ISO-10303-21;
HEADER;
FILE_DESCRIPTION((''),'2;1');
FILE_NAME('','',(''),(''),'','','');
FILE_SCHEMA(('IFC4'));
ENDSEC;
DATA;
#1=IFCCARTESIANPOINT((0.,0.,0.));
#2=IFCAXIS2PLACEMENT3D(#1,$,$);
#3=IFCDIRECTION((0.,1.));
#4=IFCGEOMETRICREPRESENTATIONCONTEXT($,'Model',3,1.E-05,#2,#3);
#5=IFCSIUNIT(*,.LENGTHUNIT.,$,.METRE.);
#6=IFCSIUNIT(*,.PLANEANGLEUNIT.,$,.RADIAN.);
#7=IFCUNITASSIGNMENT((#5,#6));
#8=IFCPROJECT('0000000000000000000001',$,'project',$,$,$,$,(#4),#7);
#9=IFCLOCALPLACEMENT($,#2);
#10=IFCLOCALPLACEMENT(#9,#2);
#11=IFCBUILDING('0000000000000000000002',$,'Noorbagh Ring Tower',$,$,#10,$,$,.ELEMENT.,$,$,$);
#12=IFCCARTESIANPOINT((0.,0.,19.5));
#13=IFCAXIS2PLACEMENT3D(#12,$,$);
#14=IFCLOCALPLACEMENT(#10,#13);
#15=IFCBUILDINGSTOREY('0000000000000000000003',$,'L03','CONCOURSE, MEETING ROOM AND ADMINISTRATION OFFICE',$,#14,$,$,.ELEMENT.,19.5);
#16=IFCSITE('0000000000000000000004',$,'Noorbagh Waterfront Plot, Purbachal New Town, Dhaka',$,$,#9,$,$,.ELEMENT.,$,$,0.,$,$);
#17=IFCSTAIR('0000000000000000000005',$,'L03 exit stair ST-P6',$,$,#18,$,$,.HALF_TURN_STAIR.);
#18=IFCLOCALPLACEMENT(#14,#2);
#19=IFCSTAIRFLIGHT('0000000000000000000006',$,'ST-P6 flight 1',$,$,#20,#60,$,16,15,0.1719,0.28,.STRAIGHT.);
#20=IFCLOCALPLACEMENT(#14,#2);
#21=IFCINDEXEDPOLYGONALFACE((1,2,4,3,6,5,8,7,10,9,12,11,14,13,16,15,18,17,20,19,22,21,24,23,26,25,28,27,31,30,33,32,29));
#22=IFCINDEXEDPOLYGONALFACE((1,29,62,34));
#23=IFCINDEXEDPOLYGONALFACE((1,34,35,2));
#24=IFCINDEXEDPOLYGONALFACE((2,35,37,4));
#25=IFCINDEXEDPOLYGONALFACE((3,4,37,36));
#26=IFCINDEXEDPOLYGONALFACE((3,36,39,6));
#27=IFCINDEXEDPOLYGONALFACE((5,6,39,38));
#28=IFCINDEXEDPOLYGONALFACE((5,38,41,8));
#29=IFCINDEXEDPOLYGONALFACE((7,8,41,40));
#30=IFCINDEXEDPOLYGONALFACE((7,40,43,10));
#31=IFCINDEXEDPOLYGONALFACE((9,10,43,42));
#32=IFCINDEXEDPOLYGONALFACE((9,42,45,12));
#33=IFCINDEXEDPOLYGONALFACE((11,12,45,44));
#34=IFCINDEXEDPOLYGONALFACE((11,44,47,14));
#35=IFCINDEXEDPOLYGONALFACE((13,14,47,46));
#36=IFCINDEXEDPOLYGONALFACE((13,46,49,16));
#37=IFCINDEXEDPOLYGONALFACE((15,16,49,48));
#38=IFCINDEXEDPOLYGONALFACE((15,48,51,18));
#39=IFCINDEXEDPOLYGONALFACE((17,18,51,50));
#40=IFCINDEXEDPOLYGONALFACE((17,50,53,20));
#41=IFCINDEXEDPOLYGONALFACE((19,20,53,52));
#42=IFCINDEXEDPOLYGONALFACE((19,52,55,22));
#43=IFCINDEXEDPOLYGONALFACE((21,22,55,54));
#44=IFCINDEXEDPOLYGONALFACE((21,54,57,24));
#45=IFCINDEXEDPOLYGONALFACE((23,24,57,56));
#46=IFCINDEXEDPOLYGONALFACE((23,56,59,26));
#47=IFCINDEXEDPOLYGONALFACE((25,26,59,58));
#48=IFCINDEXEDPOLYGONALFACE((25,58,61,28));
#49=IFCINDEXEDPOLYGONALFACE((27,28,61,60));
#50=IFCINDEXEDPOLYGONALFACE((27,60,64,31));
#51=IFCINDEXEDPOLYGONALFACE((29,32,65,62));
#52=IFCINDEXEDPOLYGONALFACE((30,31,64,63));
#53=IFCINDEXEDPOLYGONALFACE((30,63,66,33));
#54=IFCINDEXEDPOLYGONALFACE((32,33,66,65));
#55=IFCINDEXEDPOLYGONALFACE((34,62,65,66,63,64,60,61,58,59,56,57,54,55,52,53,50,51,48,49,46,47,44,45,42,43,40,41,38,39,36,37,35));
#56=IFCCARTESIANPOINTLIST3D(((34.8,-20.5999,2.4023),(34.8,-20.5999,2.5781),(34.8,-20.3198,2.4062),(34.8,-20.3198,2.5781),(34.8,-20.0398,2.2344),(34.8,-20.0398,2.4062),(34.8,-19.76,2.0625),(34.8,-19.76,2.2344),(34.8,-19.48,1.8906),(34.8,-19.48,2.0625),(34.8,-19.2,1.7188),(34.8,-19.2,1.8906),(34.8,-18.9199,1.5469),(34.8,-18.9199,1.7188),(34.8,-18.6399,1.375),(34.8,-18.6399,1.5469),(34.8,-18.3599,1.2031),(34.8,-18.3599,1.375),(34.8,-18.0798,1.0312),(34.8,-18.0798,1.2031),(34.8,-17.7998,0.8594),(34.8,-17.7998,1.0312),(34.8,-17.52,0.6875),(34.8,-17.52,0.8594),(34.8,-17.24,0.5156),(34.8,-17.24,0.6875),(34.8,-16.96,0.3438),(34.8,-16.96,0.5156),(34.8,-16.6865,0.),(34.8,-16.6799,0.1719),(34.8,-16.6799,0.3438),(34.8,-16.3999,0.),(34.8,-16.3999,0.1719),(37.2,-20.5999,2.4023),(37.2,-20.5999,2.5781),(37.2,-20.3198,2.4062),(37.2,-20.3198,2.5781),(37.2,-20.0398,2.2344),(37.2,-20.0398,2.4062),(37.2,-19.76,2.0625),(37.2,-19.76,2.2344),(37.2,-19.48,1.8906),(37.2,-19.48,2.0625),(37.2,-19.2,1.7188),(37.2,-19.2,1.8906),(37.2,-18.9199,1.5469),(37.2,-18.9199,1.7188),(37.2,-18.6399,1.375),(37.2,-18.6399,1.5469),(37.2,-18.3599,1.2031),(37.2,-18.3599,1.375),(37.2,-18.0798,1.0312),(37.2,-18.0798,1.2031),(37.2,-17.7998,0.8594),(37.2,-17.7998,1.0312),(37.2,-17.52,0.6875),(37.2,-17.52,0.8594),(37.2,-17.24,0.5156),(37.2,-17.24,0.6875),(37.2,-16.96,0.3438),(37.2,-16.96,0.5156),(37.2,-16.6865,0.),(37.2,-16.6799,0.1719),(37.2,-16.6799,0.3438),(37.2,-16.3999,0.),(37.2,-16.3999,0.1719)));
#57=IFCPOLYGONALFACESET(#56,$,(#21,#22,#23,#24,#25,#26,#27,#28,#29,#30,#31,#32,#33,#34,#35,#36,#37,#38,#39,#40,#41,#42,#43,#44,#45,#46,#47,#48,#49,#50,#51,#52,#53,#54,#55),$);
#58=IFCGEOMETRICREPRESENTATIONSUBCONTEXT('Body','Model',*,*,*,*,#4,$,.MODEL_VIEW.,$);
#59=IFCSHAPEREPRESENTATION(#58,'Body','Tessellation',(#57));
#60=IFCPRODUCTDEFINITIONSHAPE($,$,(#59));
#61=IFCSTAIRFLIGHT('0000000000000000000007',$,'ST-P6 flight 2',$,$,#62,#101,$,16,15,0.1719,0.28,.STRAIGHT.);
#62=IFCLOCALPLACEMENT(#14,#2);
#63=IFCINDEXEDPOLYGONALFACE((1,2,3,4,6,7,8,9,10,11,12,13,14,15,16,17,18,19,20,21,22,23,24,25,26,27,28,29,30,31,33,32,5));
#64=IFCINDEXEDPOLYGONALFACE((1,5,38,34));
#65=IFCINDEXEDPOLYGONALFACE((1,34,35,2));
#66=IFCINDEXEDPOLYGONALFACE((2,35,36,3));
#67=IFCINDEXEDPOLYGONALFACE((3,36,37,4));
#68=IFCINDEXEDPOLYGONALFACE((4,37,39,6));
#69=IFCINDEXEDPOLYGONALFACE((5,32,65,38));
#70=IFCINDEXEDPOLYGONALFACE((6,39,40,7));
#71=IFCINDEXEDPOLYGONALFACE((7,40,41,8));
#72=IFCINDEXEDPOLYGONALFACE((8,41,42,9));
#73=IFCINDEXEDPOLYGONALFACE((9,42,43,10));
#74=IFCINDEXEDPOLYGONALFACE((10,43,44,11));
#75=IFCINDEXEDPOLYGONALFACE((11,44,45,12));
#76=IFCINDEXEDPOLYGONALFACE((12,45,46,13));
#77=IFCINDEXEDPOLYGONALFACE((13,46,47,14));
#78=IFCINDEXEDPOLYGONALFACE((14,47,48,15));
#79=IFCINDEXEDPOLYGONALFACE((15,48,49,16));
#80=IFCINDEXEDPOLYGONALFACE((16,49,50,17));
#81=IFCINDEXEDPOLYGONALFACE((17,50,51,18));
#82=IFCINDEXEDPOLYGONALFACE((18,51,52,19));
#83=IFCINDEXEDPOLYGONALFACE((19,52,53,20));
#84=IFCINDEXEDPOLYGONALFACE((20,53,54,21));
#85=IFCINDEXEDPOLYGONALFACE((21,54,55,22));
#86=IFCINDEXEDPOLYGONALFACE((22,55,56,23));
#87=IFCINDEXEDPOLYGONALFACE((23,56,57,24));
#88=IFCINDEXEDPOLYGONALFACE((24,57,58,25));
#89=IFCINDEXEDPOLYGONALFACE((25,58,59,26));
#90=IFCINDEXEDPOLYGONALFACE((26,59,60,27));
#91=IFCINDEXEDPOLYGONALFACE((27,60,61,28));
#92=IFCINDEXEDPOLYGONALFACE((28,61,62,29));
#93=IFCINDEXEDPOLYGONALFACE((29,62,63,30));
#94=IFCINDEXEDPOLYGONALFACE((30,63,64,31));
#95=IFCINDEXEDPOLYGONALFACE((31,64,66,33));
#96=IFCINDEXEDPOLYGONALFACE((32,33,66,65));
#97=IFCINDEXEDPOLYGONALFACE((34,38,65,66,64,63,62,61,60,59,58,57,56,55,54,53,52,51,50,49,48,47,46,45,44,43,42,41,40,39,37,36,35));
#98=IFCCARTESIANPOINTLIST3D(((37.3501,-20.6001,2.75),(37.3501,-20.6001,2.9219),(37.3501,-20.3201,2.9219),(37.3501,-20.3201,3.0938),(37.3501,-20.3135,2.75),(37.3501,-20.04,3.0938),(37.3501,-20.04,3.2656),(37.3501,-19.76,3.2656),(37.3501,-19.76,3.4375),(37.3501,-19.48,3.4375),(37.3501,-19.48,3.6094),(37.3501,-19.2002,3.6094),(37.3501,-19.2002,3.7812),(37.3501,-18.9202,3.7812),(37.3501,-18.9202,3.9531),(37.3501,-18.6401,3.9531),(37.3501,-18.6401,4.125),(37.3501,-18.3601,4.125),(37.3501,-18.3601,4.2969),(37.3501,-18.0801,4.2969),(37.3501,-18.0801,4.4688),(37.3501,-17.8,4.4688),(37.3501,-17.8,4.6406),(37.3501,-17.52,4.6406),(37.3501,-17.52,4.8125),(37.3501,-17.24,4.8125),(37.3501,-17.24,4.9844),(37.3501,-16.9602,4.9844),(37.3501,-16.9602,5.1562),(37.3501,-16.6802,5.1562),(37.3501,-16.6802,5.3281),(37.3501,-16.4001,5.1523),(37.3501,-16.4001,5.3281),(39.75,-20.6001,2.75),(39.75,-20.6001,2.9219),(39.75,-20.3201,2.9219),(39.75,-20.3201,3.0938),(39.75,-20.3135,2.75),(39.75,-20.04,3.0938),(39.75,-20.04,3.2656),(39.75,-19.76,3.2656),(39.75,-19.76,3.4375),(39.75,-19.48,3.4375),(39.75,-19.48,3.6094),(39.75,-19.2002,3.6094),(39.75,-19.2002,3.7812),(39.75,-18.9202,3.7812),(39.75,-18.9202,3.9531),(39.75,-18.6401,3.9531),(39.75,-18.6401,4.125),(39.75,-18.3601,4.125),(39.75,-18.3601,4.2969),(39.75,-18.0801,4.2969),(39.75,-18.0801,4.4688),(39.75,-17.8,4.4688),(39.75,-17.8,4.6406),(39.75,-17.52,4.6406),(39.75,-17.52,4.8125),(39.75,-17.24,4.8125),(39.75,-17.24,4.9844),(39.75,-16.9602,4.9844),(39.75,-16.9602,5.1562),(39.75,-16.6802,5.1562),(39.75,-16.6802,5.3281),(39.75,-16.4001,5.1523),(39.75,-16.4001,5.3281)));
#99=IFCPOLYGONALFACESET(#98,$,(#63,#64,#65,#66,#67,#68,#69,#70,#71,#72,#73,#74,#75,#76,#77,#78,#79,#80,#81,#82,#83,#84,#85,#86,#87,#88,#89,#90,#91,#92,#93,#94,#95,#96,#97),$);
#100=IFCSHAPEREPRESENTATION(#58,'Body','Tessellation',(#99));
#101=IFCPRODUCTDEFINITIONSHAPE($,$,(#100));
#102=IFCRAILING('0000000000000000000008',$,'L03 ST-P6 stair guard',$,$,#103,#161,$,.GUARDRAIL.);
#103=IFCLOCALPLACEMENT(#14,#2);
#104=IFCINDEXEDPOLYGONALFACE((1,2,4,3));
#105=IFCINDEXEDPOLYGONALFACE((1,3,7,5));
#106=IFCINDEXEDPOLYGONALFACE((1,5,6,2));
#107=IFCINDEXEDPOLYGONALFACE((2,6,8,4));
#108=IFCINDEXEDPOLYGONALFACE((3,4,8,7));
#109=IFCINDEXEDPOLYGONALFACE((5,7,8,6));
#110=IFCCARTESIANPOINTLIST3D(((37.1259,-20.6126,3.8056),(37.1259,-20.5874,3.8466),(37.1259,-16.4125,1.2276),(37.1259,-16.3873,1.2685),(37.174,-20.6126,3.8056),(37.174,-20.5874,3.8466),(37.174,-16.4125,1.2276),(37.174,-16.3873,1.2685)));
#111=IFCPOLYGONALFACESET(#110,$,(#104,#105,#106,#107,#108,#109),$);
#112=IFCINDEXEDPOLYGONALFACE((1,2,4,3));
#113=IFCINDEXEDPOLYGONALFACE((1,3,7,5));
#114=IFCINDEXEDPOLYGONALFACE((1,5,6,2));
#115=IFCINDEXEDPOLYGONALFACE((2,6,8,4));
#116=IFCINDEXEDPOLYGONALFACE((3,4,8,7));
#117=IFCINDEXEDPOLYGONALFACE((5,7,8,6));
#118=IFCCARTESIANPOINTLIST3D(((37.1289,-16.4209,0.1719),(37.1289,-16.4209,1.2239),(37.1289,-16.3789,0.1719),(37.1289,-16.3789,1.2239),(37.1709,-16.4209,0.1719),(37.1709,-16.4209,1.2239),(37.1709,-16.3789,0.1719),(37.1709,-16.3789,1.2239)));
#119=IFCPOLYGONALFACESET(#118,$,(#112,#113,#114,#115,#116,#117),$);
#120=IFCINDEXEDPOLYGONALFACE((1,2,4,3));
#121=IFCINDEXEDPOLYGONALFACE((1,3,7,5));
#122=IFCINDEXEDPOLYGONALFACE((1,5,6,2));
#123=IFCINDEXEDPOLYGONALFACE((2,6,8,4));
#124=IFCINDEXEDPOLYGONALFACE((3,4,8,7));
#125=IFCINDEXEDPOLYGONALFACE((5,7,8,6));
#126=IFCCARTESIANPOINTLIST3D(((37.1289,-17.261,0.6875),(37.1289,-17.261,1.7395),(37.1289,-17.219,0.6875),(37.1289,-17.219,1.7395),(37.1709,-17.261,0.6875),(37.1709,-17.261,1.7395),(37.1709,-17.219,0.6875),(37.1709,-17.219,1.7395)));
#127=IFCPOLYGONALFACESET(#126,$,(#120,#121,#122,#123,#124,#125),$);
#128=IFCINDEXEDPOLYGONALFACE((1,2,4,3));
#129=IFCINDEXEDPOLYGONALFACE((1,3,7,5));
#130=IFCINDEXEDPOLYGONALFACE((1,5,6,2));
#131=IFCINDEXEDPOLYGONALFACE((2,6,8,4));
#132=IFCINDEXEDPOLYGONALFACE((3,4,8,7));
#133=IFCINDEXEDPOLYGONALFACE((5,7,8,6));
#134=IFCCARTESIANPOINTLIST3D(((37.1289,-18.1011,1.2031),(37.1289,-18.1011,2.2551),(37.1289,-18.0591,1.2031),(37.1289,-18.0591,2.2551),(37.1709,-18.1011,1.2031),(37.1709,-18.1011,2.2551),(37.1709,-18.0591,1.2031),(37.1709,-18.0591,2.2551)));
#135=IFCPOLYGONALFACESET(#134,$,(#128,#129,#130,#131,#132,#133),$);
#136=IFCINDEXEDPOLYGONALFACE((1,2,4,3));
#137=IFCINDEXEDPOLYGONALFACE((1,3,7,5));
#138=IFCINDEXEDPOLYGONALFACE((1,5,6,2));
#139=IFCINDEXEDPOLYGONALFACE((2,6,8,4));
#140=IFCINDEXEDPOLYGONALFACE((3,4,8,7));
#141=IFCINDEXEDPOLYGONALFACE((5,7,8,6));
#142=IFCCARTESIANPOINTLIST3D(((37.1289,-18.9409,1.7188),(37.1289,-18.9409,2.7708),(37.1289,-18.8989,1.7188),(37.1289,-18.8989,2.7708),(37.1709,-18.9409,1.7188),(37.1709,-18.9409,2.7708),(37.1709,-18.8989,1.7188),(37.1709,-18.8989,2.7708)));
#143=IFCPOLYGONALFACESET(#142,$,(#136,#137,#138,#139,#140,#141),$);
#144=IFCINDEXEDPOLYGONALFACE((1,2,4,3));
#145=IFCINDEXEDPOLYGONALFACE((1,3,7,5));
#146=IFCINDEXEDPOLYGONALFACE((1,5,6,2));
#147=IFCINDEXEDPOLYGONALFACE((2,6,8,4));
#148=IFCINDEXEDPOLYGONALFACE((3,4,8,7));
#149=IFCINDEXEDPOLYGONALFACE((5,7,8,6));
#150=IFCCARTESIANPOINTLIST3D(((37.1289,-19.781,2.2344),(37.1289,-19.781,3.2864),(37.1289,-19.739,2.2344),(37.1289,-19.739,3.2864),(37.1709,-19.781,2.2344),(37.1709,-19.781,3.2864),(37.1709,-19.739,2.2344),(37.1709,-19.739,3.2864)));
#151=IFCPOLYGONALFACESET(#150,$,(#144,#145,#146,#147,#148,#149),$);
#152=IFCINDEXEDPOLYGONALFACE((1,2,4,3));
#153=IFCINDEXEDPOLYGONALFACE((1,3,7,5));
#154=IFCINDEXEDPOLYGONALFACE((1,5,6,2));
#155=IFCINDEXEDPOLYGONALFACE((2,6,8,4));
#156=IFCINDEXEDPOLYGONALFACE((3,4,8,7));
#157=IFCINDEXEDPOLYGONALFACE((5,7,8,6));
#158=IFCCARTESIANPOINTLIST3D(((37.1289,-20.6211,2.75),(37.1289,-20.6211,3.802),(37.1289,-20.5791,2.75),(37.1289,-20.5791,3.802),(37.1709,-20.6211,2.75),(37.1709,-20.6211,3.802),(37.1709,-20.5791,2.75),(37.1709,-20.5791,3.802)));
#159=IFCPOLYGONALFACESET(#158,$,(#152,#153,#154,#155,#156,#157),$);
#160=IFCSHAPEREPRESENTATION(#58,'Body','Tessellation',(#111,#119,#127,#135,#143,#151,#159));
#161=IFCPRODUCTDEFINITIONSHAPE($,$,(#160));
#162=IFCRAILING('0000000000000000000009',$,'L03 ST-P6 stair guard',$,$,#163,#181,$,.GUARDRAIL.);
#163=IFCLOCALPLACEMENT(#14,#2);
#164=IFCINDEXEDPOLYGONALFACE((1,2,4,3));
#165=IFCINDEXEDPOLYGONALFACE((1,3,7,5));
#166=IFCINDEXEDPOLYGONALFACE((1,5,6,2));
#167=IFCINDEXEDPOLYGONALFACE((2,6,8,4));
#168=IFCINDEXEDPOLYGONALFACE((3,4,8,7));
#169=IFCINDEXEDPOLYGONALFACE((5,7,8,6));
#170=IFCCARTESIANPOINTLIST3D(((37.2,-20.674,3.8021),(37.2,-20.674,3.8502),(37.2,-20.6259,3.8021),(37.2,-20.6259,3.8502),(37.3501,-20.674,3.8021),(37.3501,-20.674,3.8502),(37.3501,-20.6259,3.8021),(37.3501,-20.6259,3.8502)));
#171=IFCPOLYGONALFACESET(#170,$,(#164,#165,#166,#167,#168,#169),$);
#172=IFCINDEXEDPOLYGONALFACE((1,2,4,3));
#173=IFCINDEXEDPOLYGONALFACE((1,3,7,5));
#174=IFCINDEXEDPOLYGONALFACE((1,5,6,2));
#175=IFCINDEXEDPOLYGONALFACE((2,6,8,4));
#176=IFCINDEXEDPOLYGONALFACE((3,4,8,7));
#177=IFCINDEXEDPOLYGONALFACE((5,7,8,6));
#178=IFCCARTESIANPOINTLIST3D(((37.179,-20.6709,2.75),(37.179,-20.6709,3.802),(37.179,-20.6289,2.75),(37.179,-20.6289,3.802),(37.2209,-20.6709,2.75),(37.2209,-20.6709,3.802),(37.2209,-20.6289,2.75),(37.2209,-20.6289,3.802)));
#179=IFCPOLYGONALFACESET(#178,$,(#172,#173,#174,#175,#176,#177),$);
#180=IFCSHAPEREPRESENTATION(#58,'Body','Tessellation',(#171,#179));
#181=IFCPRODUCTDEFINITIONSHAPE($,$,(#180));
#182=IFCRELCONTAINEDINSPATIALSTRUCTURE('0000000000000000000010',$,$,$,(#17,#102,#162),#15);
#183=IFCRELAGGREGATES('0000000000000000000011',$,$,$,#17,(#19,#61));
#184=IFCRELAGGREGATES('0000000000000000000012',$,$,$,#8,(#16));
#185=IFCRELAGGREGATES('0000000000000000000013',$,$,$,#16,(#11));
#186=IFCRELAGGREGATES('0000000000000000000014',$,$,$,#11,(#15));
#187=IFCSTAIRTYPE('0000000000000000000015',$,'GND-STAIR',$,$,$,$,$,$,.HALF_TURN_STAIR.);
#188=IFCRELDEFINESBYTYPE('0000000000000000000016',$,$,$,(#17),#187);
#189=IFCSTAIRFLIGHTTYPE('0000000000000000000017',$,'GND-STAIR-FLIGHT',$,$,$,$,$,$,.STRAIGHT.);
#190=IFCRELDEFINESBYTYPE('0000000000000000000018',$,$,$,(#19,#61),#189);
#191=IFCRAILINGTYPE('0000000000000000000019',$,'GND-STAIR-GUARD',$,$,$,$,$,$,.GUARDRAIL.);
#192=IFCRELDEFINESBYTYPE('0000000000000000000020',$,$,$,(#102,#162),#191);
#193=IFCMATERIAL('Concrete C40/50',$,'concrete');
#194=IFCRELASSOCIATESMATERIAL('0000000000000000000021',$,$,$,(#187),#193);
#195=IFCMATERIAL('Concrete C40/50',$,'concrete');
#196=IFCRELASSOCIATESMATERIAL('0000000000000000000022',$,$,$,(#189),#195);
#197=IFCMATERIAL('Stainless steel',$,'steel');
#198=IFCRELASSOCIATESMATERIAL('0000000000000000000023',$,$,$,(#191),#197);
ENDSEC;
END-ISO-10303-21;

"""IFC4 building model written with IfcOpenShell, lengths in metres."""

from ifc_helpers import new_model, si_unit, direction, frame, origin, origin_2d, place, context, subcontext, project, spatial, polyline, rectangle, outline, extrude, material, type_object, element, aggregate, save


model = new_model("IFC4")

# Units and contexts
model_context = context("Model", 3, precision=1e-05, world=origin(), true_north=direction((0.0, 1.0)))
body_context = subcontext(model_context, "Body", "Model", "MODEL_VIEW")
ifc_project = project(units=[si_unit("LENGTHUNIT", "METRE"), si_unit("PLANEANGLEUNIT", "RADIAN")], contexts=[model_context])

# Site, building, storey
site_placement = place(None, origin())
site = spatial("IfcSite", under=ifc_project, at=site_placement, Name="Noorbagh Waterfront Plot, Purbachal New Town, Dhaka", CompositionType="ELEMENT", RefElevation=0.0)
building_placement = place(site_placement, origin())
building = spatial("IfcBuilding", under=site, at=building_placement, Name="Noorbagh Ring Tower", CompositionType="ELEMENT")
storey_placement = place(building_placement, frame((0.0, 0.0, 19.5)))
storey = spatial("IfcBuildingStorey", under=building, at=storey_placement, Name="L03", Description="CONCOURSE, MEETING ROOM AND ADMINISTRATION OFFICE", CompositionType="ELEMENT", Elevation=19.5)

# Stair, stair flights
ifc_material_1 = material(Name="Concrete C40/50", Category="concrete")
stair_type = type_object("IfcStairType", Name="GND-STAIR", PredefinedType="HALF_TURN_STAIR", material=ifc_material_1)
stair_placement = place(storey_placement, origin())
stair = element("IfcStair", 1, at=stair_placement, inside=storey, type_object=stair_type, Name="L03 exit stair ST-P6", PredefinedType="HALF_TURN_STAIR")
ifc_material_2 = material(Name="Concrete C40/50", Category="concrete")
stair_flight_type = type_object("IfcStairFlightType", Name="GND-STAIR-FLIGHT", PredefinedType="STRAIGHT", material=ifc_material_2)
stair_flight_1_placement = place(storey_placement, frame((36.0, -16.3999, 0.0), z_axis=(0.0, 0.0, 1.0), x_axis=(0.0, -1.0, 0.0)))
stair_flight_1 = element("IfcStairFlight", 2, at=stair_flight_1_placement, type_object=stair_flight_type, Name="ST-P6 flight 1", NumberOfRisers=16, NumberOfTreads=15, PredefinedType="STRAIGHT", RiserHeight=0.1719, TreadLength=0.28, context=body_context, shape_type="SweptSolid", body=[
    extrude(outline(polyline([(0.0, 0.0), (0.0, 0.1719), (0.28, 0.1719), (0.28, 0.3438), (0.5601, 0.3438), (0.5601, 0.5156), (0.8401, 0.5156), (0.8401, 0.6875), (1.1201, 0.6875), (1.1201, 0.8594), (1.3999, 0.8594), (1.3999, 1.0312), (1.6799, 1.0312), (1.6799, 1.2031), (1.96, 1.2031), (1.96, 1.375), (2.24, 1.375), (2.24, 1.5469), (2.52, 1.5469), (2.52, 1.7188), (2.8, 1.7188), (2.8, 1.8906), (3.0801, 1.8906), (3.0801, 2.0625), (3.3601, 2.0625), (3.3601, 2.2344), (3.6399, 2.2344), (3.6399, 2.4062), (3.9199, 2.4062), (3.9199, 2.5781), (4.2, 2.5781), (4.2, 2.75), (4.2, 2.4023), (0.2866, 0.0), (0.0, 0.0)])), frame((0.0, 1.2, 0.0), z_axis=(0.0, -1.0, 0.0), x_axis=(1.0, 0.0, 0.0)), (0.0, 0.0, 1.0), 2.3999),
])
stair_flight_2_placement = place(storey_placement, frame((38.55, -20.6001, 2.75), z_axis=(0.0, 0.0, 1.0), x_axis=(0.0, 1.0, 0.0)))
stair_flight_2 = element("IfcStairFlight", 3, at=stair_flight_2_placement, type_object=stair_flight_type, Name="ST-P6 flight 2", NumberOfRisers=16, NumberOfTreads=15, PredefinedType="STRAIGHT", RiserHeight=0.1719, TreadLength=0.28, context=body_context, shape_type="SweptSolid", body=[
    extrude(outline(polyline([(0.0, 0.0), (0.0, 0.1719), (0.28, 0.1719), (0.28, 0.3438), (0.5601, 0.3438), (0.5601, 0.5156), (0.8401, 0.5156), (0.8401, 0.6875), (1.1201, 0.6875), (1.1201, 0.8594), (1.3999, 0.8594), (1.3999, 1.0312), (1.6799, 1.0312), (1.6799, 1.2031), (1.96, 1.2031), (1.96, 1.375), (2.24, 1.375), (2.24, 1.5469), (2.52, 1.5469), (2.52, 1.7188), (2.8, 1.7188), (2.8, 1.8906), (3.0801, 1.8906), (3.0801, 2.0625), (3.3601, 2.0625), (3.3601, 2.2344), (3.6399, 2.2344), (3.6399, 2.4062), (3.9199, 2.4062), (3.9199, 2.5781), (4.2, 2.5781), (4.2, 2.75), (4.2, 2.4023), (0.2866, 0.0), (0.0, 0.0)])), frame((0.0, 1.2, 0.0), z_axis=(0.0, -1.0, 0.0), x_axis=(1.0, 0.0, 0.0)), (0.0, 0.0, 1.0), 2.3999),
])
aggregate(stair, [stair_flight_1, stair_flight_2])

# Railings
ifc_material_3 = material(Name="Stainless steel", Category="steel")
railing_type_1 = type_object("IfcRailingType", Name="GND-STAIR-GUARD", PredefinedType="GUARDRAIL", material=ifc_material_3)
railing_1_placement = place(storey_placement, frame((37.1499, -16.3999, 0.1719)))
element("IfcRailing", 4, at=railing_1_placement, inside=storey, type_object=railing_type_1, Name="L03 ST-P6 stair guard", PredefinedType="GUARDRAIL", context=body_context, shape_type="SweptSolid", body=[
    extrude(rectangle(XDim=0.0481, YDim=0.0481, at=origin_2d()), frame((0.0, 0.0, 1.0762), z_axis=(0.0, -0.852256, 0.523124), x_axis=(1.0, 0.0, 0.0)), (0.0, 0.0, 1.0), 4.9282),
    extrude(rectangle(XDim=0.042, YDim=0.042, at=origin_2d()), origin(), (0.0, 0.0, 1.0), 1.052),
    extrude(rectangle(XDim=0.042, YDim=0.042, at=origin_2d()), frame((0.0, -0.8401, 0.5156)), (0.0, 0.0, 1.0), 1.052),
    extrude(rectangle(XDim=0.042, YDim=0.042, at=origin_2d()), frame((0.0, -1.6802, 1.0312)), (0.0, 0.0, 1.0), 1.052),
    extrude(rectangle(XDim=0.042, YDim=0.042, at=origin_2d()), frame((0.0, -2.52, 1.5469)), (0.0, 0.0, 1.0), 1.052),
    extrude(rectangle(XDim=0.042, YDim=0.042, at=origin_2d()), frame((0.0, -3.3601, 2.0625)), (0.0, 0.0, 1.0), 1.052),
    extrude(rectangle(XDim=0.042, YDim=0.042, at=origin_2d()), frame((0.0, -4.2002, 2.5781)), (0.0, 0.0, 1.0), 1.052),
])
railing_2_placement = place(storey_placement, frame((37.2, -20.6499, 2.75)))
element("IfcRailing", 5, at=railing_2_placement, inside=storey, type_object=railing_type_1, Name="L03 ST-P6 stair guard", PredefinedType="GUARDRAIL", context=body_context, shape_type="SweptSolid", body=[
    extrude(rectangle(XDim=0.0481, YDim=0.0481, at=origin_2d()), frame((0.0, 0.0, 1.0762), z_axis=(1.0, 0.0, 0.0), x_axis=(0.0, 1.0, 0.0)), (0.0, 0.0, 1.0), 0.1501),
    extrude(rectangle(XDim=0.042, YDim=0.042, at=origin_2d()), origin(), (0.0, 0.0, 1.0), 1.052),
])

save(model, "model.ifc")
